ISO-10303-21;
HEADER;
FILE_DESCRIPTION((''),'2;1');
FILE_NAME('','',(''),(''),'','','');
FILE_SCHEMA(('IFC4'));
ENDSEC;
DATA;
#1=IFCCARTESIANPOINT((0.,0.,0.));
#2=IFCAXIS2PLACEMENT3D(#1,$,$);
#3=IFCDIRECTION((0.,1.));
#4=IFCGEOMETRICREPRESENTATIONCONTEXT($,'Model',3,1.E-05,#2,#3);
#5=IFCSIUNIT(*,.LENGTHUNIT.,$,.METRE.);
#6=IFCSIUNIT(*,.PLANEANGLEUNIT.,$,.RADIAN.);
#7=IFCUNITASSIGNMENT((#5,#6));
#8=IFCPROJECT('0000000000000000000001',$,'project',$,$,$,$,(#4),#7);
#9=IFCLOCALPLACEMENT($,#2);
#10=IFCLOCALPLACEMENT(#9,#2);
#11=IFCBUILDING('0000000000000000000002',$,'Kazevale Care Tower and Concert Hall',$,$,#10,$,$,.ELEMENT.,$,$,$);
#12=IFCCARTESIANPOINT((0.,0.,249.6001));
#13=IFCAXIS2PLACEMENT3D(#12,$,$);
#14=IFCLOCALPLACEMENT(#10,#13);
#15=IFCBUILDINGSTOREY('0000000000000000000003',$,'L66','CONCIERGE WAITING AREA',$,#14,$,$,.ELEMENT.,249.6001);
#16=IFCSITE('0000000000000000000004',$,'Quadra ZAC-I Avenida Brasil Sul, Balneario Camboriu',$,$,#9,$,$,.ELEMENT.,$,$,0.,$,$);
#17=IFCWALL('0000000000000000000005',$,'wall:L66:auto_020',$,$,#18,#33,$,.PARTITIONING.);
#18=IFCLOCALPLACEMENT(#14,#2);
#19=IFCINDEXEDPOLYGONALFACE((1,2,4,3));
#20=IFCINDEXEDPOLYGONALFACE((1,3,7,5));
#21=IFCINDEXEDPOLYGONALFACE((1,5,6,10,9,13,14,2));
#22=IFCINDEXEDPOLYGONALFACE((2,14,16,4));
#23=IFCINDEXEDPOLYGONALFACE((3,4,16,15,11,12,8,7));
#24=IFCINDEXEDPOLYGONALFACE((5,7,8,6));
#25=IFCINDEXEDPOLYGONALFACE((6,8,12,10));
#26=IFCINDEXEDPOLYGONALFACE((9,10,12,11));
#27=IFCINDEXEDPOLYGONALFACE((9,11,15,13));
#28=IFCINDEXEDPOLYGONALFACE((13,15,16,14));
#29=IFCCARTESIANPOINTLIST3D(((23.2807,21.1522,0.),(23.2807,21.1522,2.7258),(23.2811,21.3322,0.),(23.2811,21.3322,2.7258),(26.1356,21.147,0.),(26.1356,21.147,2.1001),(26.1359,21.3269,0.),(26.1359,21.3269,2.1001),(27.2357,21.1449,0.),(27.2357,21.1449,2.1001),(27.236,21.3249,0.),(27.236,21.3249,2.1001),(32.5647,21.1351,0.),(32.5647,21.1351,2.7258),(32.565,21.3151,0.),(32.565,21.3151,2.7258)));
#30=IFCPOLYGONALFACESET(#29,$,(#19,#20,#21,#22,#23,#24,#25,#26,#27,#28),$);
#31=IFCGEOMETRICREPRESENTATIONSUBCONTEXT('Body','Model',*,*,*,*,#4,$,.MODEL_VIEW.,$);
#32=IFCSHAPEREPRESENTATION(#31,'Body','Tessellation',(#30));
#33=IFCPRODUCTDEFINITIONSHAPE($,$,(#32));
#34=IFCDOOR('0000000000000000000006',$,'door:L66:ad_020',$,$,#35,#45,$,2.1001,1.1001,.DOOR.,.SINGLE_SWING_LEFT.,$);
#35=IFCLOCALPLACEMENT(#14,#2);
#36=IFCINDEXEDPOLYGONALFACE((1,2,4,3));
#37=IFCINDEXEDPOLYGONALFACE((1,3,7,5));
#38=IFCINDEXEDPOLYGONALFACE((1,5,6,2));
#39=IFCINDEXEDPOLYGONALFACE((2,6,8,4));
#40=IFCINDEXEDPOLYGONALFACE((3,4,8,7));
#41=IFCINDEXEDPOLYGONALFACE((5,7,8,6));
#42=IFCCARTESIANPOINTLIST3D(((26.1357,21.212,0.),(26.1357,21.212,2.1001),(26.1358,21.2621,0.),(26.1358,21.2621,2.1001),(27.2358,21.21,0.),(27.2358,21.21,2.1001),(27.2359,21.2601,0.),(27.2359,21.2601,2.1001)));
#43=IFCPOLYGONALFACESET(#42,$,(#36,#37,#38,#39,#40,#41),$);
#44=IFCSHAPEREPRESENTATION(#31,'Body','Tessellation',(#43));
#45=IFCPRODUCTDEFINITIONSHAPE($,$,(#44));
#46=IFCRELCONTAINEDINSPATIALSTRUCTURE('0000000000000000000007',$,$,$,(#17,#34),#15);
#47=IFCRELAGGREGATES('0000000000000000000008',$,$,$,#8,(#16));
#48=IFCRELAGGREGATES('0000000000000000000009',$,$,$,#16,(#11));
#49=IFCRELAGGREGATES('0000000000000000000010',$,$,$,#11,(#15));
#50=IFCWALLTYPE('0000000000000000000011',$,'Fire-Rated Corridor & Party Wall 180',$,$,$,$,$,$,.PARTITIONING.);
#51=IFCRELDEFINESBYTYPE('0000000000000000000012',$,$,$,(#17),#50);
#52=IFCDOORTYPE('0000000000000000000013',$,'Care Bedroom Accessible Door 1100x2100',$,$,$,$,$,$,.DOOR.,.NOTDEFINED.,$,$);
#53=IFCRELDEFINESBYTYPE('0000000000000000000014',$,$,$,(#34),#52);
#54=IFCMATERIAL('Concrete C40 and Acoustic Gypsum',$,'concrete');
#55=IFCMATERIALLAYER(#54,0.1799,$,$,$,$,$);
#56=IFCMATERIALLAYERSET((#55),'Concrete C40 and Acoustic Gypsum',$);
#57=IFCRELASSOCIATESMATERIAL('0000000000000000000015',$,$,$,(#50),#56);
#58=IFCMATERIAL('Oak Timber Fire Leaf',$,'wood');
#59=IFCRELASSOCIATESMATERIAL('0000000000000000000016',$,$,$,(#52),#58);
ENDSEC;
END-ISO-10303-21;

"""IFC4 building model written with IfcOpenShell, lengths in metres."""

from ifc_helpers import new_model, si_unit, direction, frame, frame_2d, origin, place, context, subcontext, project, spatial, rectangle, extrude, material, layer, layer_set, type_object, element, fill, save


model = new_model("IFC4")

# Units and contexts
model_context = context("Model", 3, precision=1e-05, world=origin(), true_north=direction((0.0, 1.0)))
body_context = subcontext(model_context, "Body", "Model", "MODEL_VIEW")
ifc_project = project(units=[si_unit("LENGTHUNIT", "METRE"), si_unit("PLANEANGLEUNIT", "RADIAN")], contexts=[model_context])

# Site, building, storey
site_placement = place(None, origin())
site = spatial("IfcSite", under=ifc_project, at=site_placement, Name="Quadra ZAC-I Avenida Brasil Sul, Balneario Camboriu", CompositionType="ELEMENT", RefElevation=0.0)
building_placement = place(site_placement, origin())
building = spatial("IfcBuilding", under=site, at=building_placement, Name="Kazevale Care Tower and Concert Hall", CompositionType="ELEMENT")
storey_placement = place(building_placement, frame((0.0, 0.0, 249.6001)))
storey = spatial("IfcBuildingStorey", under=building, at=storey_placement, Name="L66", Description="CONCIERGE WAITING AREA", CompositionType="ELEMENT", Elevation=249.6001)

# Wall, opening, door
ifc_material_1 = material(Name="Concrete C40 and Acoustic Gypsum", Category="concrete")
ifc_layer_1 = layer(ifc_material_1, 0.1799)
ifc_layer_set_1 = layer_set([ifc_layer_1], Name="Concrete C40 and Acoustic Gypsum")
wall_type_1 = type_object("IfcWallType", Name="Fire-Rated Corridor & Party Wall 180", PredefinedType="PARTITIONING", material=ifc_layer_set_1)
wall_1_placement = place(storey_placement, frame((32.5649, 21.2251, 0.0), z_axis=(0.0, 0.0, 1.0), x_axis=(-0.999998, 0.001841, 0.0)))
wall_1 = element("IfcWall", 1, at=wall_1_placement, inside=storey, type_object=wall_type_1, Name="wall:L66:auto_020", PredefinedType="PARTITIONING", context=body_context, shape_type="SweptSolid", body=[
    extrude(rectangle(XDim=9.2839, YDim=0.1799, at=frame_2d((4.6421, 0.0))), origin(), (0.0, 0.0, 1.0), 2.7258),
])
opening_placement = place(wall_1_placement, frame((5.3291, 0.0, 0.0)))
opening = element("IfcOpeningElement", 2, at=opening_placement, cuts=wall_1, PredefinedType="OPENING", context=body_context, shape_type="SweptSolid", body=[
    extrude(rectangle(XDim=1.1001, YDim=2.1001, at=frame_2d((0.55, 1.05))), frame((0.0, 0.0999, 0.0), z_axis=(0.0, -1.0, 0.0), x_axis=(1.0, 0.0, 0.0)), (0.0, 0.0, 1.0), 0.2),
])
ifc_material_2 = material(Name="Oak Timber Fire Leaf", Category="wood")
door_type = type_object("IfcDoorType", Name="Care Bedroom Accessible Door 1100x2100", OperationType="NOTDEFINED", PredefinedType="DOOR", material=ifc_material_2)
door_placement = place(opening_placement, origin())
door = element("IfcDoor", 3, at=door_placement, inside=storey, type_object=door_type, Name="door:L66:ad_020", OperationType="SINGLE_SWING_LEFT", OverallHeight=2.1001, OverallWidth=1.1001, PredefinedType="DOOR", context=body_context, shape_type="SweptSolid", body=[
    extrude(rectangle(XDim=1.1001, YDim=2.1001, at=frame_2d((0.55, 1.05))), frame((0.0, 0.0249, 0.0), z_axis=(0.0, -1.0, 0.0), x_axis=(1.0, 0.0, 0.0)), (0.0, 0.0, 1.0), 0.05),
])
fill(opening, door)

save(model, "model.ifc")
